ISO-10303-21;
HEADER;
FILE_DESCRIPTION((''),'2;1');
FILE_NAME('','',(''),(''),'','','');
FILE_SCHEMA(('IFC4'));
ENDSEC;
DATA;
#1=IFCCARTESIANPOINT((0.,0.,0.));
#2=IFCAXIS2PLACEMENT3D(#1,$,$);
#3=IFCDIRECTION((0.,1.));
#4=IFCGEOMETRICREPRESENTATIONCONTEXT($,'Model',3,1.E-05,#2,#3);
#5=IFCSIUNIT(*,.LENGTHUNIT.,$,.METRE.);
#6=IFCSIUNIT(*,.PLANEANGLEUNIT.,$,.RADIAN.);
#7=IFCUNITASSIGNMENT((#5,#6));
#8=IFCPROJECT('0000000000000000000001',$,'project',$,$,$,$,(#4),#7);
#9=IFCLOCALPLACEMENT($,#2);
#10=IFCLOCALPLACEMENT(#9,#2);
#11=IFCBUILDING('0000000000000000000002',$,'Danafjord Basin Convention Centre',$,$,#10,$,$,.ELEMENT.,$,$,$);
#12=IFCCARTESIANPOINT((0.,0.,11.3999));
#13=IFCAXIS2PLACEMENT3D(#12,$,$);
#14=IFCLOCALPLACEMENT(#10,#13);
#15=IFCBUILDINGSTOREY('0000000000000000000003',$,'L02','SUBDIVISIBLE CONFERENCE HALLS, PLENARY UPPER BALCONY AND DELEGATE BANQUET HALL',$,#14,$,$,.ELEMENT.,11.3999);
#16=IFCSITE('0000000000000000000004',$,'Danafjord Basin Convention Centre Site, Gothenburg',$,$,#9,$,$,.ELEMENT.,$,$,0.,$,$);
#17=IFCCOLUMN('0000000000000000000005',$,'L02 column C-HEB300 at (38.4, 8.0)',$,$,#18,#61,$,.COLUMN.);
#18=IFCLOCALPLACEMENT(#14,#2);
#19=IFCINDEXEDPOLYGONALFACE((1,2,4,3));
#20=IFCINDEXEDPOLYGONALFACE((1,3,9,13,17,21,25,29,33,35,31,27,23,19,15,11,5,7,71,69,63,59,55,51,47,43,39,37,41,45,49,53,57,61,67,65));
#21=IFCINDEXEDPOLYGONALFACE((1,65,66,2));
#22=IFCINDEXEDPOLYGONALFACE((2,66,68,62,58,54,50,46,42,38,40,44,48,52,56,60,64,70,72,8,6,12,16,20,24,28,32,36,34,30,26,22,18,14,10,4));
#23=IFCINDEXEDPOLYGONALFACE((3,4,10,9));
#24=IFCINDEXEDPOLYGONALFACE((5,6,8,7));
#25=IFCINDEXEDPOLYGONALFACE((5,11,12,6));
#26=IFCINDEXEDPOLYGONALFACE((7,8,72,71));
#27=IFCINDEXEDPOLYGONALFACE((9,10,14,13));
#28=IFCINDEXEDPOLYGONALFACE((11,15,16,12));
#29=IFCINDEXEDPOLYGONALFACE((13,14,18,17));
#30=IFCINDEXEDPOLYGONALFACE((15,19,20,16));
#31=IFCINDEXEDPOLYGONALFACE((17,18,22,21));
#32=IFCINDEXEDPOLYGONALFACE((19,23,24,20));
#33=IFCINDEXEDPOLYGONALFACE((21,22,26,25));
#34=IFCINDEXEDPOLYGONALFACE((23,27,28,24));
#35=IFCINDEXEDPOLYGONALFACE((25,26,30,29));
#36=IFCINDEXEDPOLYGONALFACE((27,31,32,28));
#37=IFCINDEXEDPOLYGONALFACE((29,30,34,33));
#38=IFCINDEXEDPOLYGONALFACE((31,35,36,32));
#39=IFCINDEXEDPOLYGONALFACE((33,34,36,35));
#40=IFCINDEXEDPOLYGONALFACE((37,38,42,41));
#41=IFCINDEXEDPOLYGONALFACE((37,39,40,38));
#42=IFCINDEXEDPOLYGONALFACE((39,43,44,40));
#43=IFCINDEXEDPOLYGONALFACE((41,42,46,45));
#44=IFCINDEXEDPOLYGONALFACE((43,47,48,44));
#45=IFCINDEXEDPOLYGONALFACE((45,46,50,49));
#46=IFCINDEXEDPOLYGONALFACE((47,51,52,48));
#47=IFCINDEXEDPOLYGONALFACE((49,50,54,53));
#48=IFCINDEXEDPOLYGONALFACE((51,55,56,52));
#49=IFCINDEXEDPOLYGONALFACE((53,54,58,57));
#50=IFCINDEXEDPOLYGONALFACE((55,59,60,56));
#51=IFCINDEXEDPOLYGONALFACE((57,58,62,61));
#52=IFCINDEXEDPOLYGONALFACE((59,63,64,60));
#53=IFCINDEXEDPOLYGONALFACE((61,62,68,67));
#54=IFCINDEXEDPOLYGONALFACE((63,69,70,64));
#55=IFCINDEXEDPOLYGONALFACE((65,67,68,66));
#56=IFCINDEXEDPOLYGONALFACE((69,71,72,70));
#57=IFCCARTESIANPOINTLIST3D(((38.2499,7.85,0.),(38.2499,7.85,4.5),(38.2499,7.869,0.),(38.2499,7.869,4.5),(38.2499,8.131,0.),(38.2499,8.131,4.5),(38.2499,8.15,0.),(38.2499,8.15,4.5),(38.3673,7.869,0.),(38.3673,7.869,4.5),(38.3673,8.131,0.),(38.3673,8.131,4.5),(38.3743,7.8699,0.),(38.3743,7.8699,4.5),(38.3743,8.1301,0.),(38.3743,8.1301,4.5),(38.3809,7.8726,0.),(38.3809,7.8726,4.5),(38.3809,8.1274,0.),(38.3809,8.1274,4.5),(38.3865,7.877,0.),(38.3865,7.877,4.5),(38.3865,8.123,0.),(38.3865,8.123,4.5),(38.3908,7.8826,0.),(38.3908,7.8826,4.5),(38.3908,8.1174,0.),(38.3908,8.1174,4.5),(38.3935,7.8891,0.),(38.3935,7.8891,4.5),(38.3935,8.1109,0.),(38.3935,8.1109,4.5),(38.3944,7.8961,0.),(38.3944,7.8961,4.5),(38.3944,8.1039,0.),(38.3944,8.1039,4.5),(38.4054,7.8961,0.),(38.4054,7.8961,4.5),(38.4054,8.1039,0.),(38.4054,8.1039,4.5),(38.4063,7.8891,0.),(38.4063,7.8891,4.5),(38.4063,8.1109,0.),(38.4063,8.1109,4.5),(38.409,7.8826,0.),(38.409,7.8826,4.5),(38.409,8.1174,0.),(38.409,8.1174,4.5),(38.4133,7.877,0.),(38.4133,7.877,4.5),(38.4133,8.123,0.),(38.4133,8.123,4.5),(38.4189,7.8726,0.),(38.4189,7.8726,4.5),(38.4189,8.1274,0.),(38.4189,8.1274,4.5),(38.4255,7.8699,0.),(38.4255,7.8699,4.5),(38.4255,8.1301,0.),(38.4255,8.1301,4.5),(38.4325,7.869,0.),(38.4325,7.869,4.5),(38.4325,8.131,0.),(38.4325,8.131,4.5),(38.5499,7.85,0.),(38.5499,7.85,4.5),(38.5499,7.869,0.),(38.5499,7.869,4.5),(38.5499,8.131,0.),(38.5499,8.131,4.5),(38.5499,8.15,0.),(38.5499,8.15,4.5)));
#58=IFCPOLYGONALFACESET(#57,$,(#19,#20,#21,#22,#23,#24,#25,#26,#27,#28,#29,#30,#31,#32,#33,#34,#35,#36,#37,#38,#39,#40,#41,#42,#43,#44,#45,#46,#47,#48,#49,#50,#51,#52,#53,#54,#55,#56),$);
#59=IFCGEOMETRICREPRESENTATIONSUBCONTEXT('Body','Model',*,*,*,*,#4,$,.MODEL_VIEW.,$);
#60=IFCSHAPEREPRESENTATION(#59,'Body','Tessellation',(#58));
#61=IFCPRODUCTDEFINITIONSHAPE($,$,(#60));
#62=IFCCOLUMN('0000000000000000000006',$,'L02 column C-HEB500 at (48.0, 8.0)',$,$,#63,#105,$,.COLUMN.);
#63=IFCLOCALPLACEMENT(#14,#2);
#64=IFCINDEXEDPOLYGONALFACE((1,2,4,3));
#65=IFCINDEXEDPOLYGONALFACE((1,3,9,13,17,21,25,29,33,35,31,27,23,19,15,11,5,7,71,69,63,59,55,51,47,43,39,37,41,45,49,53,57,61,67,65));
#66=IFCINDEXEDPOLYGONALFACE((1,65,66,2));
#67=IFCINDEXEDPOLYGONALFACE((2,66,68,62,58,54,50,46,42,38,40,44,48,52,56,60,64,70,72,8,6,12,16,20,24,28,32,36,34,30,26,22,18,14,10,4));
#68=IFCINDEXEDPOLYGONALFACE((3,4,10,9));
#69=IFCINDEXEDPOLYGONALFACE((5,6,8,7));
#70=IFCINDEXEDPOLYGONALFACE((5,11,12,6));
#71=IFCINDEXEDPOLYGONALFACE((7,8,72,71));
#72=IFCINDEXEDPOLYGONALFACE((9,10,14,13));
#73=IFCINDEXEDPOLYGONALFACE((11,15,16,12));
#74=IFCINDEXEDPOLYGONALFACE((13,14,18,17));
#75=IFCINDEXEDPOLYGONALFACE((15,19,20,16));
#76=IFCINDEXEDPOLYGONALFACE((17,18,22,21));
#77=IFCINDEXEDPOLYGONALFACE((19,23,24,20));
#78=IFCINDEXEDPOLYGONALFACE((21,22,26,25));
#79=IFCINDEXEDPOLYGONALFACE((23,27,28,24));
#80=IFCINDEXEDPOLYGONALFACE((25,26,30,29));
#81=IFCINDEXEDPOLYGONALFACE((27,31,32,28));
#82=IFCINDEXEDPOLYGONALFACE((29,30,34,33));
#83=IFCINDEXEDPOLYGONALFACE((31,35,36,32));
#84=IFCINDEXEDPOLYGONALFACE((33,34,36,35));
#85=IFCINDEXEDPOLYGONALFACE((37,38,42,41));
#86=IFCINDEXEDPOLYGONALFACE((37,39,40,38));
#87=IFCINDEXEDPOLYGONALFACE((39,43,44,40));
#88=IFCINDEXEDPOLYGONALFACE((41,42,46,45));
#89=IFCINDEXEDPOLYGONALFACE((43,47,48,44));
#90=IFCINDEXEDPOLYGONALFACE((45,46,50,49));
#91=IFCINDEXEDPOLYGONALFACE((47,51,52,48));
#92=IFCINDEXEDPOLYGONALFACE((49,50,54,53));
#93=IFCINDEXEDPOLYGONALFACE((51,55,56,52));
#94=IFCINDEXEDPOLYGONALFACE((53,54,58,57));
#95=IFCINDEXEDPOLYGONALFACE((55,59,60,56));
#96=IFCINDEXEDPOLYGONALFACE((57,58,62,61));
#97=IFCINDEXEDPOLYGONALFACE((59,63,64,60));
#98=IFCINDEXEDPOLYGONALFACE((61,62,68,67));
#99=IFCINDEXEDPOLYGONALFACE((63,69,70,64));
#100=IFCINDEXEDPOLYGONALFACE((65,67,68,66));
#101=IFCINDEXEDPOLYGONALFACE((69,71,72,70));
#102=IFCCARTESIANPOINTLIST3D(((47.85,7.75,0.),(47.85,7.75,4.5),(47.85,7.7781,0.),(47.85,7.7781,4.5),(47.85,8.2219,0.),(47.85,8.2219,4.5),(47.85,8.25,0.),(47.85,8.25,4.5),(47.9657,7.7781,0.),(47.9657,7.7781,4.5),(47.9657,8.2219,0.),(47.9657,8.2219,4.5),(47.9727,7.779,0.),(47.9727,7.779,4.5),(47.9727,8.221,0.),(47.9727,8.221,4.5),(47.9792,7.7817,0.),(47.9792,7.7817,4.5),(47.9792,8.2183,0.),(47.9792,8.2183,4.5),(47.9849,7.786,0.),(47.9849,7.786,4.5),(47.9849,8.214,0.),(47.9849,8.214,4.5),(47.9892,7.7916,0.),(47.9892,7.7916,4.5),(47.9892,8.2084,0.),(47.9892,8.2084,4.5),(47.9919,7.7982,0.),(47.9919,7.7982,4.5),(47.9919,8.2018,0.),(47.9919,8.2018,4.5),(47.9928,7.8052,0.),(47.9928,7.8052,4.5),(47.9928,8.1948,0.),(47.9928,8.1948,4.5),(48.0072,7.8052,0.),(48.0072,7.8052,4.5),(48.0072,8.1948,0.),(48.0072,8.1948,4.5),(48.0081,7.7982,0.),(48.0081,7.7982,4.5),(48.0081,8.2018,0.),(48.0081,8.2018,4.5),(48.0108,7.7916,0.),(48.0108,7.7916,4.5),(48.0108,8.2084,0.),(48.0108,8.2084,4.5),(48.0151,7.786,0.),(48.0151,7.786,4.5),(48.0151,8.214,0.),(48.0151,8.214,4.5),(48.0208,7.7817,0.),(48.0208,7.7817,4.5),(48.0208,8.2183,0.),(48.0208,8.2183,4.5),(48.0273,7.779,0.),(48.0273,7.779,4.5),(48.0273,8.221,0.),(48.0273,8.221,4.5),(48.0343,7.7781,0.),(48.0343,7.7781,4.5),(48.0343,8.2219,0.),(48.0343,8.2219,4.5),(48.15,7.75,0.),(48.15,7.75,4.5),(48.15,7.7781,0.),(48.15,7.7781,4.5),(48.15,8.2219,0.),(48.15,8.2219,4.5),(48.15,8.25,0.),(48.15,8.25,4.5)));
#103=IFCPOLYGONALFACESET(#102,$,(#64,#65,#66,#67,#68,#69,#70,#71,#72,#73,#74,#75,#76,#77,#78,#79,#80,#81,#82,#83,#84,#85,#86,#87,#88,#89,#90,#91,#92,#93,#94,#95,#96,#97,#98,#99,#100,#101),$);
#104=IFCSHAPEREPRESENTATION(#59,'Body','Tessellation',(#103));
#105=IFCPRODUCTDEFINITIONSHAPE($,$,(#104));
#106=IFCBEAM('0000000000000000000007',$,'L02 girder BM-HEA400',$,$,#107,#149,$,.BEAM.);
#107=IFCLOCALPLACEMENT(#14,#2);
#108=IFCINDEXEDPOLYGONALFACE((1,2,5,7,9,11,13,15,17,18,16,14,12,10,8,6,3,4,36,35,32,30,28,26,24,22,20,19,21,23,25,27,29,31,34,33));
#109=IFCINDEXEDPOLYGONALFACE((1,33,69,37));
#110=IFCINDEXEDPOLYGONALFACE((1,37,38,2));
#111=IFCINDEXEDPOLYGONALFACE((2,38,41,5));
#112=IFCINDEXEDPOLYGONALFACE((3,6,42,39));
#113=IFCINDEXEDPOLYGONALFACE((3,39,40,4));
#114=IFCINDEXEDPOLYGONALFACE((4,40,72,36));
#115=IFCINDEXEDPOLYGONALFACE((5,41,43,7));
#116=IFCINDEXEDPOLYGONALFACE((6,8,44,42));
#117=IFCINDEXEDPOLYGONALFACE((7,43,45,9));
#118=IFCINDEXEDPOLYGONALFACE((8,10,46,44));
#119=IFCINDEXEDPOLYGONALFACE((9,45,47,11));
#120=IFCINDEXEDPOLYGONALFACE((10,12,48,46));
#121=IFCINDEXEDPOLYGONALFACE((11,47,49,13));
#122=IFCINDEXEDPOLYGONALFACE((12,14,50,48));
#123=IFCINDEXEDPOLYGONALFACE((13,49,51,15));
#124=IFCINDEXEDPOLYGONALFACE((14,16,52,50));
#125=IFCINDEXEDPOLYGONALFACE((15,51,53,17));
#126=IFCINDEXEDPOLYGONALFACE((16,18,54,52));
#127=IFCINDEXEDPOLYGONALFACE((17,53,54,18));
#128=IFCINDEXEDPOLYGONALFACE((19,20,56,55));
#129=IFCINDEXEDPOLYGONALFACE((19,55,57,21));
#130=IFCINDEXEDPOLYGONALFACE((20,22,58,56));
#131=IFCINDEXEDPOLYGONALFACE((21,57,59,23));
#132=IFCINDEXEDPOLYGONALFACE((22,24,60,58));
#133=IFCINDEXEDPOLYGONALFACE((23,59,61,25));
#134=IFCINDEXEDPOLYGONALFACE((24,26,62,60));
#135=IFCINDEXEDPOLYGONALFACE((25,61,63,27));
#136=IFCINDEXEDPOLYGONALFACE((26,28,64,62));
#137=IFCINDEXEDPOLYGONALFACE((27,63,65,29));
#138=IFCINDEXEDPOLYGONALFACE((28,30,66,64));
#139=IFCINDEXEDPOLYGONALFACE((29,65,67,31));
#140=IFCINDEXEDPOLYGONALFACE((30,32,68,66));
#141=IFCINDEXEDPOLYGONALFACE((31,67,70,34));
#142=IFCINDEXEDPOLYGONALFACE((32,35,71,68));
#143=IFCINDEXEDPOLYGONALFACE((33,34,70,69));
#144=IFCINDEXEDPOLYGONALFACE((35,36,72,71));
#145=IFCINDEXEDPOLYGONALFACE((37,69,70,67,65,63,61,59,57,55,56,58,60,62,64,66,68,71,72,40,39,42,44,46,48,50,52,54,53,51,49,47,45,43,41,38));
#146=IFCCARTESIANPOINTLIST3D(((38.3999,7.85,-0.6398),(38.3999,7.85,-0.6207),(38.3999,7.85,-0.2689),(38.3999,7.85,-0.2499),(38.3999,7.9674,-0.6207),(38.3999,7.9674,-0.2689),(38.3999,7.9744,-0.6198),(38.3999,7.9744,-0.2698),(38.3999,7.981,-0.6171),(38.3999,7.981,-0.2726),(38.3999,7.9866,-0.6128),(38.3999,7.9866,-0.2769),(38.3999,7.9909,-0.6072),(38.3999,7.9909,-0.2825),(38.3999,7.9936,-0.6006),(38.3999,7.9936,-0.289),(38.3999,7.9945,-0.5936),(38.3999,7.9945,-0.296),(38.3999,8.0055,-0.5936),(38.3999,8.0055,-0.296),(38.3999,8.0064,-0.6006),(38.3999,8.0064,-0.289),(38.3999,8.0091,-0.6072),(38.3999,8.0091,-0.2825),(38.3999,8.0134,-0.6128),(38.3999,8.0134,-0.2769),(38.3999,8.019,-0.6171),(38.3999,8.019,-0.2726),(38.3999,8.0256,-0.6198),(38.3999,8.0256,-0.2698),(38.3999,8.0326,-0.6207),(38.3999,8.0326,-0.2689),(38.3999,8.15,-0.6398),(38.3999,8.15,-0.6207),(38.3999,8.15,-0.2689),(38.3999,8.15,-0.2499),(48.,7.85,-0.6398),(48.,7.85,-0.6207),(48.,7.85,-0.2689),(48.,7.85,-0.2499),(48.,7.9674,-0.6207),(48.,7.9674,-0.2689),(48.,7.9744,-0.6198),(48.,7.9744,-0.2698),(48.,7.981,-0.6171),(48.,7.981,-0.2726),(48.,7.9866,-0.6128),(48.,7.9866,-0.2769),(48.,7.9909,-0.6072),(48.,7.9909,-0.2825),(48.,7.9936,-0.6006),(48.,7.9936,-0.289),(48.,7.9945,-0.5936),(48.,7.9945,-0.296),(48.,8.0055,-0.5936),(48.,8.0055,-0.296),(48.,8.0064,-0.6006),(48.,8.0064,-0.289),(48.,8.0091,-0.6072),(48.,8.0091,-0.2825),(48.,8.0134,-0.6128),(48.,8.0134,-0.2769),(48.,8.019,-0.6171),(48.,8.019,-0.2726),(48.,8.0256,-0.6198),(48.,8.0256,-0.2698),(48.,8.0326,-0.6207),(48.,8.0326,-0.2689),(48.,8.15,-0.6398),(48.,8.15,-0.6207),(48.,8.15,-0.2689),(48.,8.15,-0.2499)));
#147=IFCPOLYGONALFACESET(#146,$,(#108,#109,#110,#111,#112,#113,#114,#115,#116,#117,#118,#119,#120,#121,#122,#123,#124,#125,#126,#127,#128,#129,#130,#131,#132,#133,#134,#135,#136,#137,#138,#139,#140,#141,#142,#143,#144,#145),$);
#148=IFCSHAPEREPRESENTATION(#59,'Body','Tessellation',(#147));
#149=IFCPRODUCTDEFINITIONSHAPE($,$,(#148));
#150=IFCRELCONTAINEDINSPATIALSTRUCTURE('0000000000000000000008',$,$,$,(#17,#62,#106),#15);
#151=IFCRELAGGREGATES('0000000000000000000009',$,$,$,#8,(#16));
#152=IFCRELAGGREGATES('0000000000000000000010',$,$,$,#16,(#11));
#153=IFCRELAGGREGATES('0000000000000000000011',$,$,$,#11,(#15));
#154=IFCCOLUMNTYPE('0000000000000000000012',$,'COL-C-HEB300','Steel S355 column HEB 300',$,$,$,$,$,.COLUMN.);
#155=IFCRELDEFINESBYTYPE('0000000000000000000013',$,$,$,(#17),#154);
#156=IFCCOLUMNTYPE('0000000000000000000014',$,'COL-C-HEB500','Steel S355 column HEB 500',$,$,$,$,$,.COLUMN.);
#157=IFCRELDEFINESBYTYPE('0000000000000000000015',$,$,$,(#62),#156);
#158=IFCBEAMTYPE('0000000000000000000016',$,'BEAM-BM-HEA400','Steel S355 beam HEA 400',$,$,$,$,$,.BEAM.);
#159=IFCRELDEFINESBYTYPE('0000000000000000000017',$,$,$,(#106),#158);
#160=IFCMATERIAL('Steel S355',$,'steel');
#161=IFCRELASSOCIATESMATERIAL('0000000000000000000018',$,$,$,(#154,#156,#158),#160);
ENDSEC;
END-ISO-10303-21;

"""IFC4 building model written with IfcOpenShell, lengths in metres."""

from ifc_helpers import new_model, si_unit, direction, frame, origin, origin_2d, place, context, subcontext, project, spatial, i_section, extrude, material, material_profile, profile_set, type_object, element, save


model = new_model("IFC4")

# Units and contexts
model_context = context("Model", 3, precision=1e-05, world=origin(), true_north=direction((0.0, 1.0)))
body_context = subcontext(model_context, "Body", "Model", "MODEL_VIEW")
ifc_project = project(units=[si_unit("LENGTHUNIT", "METRE"), si_unit("PLANEANGLEUNIT", "RADIAN")], contexts=[model_context])

# Site, building, storey
site_placement = place(None, origin())
site = spatial("IfcSite", under=ifc_project, at=site_placement, Name="Danafjord Basin Convention Centre Site, Gothenburg", CompositionType="ELEMENT", RefElevation=0.0)
building_placement = place(site_placement, origin())
building = spatial("IfcBuilding", under=site, at=building_placement, Name="Danafjord Basin Convention Centre", CompositionType="ELEMENT")
storey_placement = place(building_placement, frame((0.0, 0.0, 11.3999)))
storey = spatial("IfcBuildingStorey", under=building, at=storey_placement, Name="L02", Description="SUBDIVISIBLE CONFERENCE HALLS, PLENARY UPPER BALCONY AND DELEGATE BANQUET HALL", CompositionType="ELEMENT", Elevation=11.3999)

# Columns
ifc_material_1 = material(Name="Steel S355", Category="steel")
ifc_material_profile_1 = material_profile(ifc_material_1, i_section(OverallWidth=0.3, OverallDepth=0.3, WebThickness=0.011, FlangeThickness=0.019, FilletRadius=0.0271, at=origin_2d()), Name="HEB 300")
ifc_profile_set_1 = profile_set([ifc_material_profile_1], Name="Steel S355")
column_type_1 = type_object("IfcColumnType", Name="COL-C-HEB300", Description="Steel S355 column HEB 300", PredefinedType="COLUMN", material=ifc_profile_set_1)
column_1_placement = place(storey_placement, frame((38.3999, 8.0, 0.0), z_axis=(0.0, 0.0, 1.0), x_axis=(1.0, 0.0, 0.0)))
element("IfcColumn", 1, at=column_1_placement, inside=storey, type_object=column_type_1, Name="L02 column C-HEB300 at (38.4, 8.0)", PredefinedType="COLUMN", context=body_context, shape_type="SweptSolid", body=[
    extrude(i_section(OverallWidth=0.3, OverallDepth=0.3, WebThickness=0.011, FlangeThickness=0.019, FilletRadius=0.0271, at=origin_2d()), origin(), (0.0, 0.0, 1.0), 4.5),
])
ifc_material_profile_2 = material_profile(ifc_material_1, i_section(OverallWidth=0.3, OverallDepth=0.5, WebThickness=0.0144, FlangeThickness=0.0281, FilletRadius=0.0271, at=origin_2d()), Name="HEB 500")
ifc_profile_set_2 = profile_set([ifc_material_profile_2], Name="Steel S355")
column_type_2 = type_object("IfcColumnType", Name="COL-C-HEB500", Description="Steel S355 column HEB 500", PredefinedType="COLUMN", material=ifc_profile_set_2)
column_2_placement = place(storey_placement, frame((48.0, 8.0, 0.0), z_axis=(0.0, 0.0, 1.0), x_axis=(1.0, 0.0, 0.0)))
element("IfcColumn", 2, at=column_2_placement, inside=storey, type_object=column_type_2, Name="L02 column C-HEB500 at (48.0, 8.0)", PredefinedType="COLUMN", context=body_context, shape_type="SweptSolid", body=[
    extrude(i_section(OverallWidth=0.3, OverallDepth=0.5, WebThickness=0.0144, FlangeThickness=0.0281, FilletRadius=0.0271, at=origin_2d()), origin(), (0.0, 0.0, 1.0), 4.5),
])

# Beam
ifc_material_profile_3 = material_profile(ifc_material_1, i_section(OverallWidth=0.3, OverallDepth=0.3899, WebThickness=0.011, FlangeThickness=0.019, FilletRadius=0.0271, at=origin_2d()), Name="HEA 400")
ifc_profile_set_3 = profile_set([ifc_material_profile_3], Name="Steel S355")
beam_type_1 = type_object("IfcBeamType", Name="BEAM-BM-HEA400", Description="Steel S355 beam HEA 400", PredefinedType="BEAM", material=ifc_profile_set_3)
beam_1_placement = place(storey_placement, frame((38.3999, 8.0, -0.4448), z_axis=(1.0, 0.0, 0.0), x_axis=(0.0, 1.0, 0.0)))
element("IfcBeam", 3, at=beam_1_placement, inside=storey, type_object=beam_type_1, Name="L02 girder BM-HEA400", PredefinedType="BEAM", context=body_context, shape_type="SweptSolid", body=[
    extrude(i_section(OverallWidth=0.3, OverallDepth=0.3899, WebThickness=0.011, FlangeThickness=0.019, FilletRadius=0.0271, at=origin_2d()), origin(), (0.0, 0.0, 1.0), 9.6001),
])

save(model, "model.ifc")
